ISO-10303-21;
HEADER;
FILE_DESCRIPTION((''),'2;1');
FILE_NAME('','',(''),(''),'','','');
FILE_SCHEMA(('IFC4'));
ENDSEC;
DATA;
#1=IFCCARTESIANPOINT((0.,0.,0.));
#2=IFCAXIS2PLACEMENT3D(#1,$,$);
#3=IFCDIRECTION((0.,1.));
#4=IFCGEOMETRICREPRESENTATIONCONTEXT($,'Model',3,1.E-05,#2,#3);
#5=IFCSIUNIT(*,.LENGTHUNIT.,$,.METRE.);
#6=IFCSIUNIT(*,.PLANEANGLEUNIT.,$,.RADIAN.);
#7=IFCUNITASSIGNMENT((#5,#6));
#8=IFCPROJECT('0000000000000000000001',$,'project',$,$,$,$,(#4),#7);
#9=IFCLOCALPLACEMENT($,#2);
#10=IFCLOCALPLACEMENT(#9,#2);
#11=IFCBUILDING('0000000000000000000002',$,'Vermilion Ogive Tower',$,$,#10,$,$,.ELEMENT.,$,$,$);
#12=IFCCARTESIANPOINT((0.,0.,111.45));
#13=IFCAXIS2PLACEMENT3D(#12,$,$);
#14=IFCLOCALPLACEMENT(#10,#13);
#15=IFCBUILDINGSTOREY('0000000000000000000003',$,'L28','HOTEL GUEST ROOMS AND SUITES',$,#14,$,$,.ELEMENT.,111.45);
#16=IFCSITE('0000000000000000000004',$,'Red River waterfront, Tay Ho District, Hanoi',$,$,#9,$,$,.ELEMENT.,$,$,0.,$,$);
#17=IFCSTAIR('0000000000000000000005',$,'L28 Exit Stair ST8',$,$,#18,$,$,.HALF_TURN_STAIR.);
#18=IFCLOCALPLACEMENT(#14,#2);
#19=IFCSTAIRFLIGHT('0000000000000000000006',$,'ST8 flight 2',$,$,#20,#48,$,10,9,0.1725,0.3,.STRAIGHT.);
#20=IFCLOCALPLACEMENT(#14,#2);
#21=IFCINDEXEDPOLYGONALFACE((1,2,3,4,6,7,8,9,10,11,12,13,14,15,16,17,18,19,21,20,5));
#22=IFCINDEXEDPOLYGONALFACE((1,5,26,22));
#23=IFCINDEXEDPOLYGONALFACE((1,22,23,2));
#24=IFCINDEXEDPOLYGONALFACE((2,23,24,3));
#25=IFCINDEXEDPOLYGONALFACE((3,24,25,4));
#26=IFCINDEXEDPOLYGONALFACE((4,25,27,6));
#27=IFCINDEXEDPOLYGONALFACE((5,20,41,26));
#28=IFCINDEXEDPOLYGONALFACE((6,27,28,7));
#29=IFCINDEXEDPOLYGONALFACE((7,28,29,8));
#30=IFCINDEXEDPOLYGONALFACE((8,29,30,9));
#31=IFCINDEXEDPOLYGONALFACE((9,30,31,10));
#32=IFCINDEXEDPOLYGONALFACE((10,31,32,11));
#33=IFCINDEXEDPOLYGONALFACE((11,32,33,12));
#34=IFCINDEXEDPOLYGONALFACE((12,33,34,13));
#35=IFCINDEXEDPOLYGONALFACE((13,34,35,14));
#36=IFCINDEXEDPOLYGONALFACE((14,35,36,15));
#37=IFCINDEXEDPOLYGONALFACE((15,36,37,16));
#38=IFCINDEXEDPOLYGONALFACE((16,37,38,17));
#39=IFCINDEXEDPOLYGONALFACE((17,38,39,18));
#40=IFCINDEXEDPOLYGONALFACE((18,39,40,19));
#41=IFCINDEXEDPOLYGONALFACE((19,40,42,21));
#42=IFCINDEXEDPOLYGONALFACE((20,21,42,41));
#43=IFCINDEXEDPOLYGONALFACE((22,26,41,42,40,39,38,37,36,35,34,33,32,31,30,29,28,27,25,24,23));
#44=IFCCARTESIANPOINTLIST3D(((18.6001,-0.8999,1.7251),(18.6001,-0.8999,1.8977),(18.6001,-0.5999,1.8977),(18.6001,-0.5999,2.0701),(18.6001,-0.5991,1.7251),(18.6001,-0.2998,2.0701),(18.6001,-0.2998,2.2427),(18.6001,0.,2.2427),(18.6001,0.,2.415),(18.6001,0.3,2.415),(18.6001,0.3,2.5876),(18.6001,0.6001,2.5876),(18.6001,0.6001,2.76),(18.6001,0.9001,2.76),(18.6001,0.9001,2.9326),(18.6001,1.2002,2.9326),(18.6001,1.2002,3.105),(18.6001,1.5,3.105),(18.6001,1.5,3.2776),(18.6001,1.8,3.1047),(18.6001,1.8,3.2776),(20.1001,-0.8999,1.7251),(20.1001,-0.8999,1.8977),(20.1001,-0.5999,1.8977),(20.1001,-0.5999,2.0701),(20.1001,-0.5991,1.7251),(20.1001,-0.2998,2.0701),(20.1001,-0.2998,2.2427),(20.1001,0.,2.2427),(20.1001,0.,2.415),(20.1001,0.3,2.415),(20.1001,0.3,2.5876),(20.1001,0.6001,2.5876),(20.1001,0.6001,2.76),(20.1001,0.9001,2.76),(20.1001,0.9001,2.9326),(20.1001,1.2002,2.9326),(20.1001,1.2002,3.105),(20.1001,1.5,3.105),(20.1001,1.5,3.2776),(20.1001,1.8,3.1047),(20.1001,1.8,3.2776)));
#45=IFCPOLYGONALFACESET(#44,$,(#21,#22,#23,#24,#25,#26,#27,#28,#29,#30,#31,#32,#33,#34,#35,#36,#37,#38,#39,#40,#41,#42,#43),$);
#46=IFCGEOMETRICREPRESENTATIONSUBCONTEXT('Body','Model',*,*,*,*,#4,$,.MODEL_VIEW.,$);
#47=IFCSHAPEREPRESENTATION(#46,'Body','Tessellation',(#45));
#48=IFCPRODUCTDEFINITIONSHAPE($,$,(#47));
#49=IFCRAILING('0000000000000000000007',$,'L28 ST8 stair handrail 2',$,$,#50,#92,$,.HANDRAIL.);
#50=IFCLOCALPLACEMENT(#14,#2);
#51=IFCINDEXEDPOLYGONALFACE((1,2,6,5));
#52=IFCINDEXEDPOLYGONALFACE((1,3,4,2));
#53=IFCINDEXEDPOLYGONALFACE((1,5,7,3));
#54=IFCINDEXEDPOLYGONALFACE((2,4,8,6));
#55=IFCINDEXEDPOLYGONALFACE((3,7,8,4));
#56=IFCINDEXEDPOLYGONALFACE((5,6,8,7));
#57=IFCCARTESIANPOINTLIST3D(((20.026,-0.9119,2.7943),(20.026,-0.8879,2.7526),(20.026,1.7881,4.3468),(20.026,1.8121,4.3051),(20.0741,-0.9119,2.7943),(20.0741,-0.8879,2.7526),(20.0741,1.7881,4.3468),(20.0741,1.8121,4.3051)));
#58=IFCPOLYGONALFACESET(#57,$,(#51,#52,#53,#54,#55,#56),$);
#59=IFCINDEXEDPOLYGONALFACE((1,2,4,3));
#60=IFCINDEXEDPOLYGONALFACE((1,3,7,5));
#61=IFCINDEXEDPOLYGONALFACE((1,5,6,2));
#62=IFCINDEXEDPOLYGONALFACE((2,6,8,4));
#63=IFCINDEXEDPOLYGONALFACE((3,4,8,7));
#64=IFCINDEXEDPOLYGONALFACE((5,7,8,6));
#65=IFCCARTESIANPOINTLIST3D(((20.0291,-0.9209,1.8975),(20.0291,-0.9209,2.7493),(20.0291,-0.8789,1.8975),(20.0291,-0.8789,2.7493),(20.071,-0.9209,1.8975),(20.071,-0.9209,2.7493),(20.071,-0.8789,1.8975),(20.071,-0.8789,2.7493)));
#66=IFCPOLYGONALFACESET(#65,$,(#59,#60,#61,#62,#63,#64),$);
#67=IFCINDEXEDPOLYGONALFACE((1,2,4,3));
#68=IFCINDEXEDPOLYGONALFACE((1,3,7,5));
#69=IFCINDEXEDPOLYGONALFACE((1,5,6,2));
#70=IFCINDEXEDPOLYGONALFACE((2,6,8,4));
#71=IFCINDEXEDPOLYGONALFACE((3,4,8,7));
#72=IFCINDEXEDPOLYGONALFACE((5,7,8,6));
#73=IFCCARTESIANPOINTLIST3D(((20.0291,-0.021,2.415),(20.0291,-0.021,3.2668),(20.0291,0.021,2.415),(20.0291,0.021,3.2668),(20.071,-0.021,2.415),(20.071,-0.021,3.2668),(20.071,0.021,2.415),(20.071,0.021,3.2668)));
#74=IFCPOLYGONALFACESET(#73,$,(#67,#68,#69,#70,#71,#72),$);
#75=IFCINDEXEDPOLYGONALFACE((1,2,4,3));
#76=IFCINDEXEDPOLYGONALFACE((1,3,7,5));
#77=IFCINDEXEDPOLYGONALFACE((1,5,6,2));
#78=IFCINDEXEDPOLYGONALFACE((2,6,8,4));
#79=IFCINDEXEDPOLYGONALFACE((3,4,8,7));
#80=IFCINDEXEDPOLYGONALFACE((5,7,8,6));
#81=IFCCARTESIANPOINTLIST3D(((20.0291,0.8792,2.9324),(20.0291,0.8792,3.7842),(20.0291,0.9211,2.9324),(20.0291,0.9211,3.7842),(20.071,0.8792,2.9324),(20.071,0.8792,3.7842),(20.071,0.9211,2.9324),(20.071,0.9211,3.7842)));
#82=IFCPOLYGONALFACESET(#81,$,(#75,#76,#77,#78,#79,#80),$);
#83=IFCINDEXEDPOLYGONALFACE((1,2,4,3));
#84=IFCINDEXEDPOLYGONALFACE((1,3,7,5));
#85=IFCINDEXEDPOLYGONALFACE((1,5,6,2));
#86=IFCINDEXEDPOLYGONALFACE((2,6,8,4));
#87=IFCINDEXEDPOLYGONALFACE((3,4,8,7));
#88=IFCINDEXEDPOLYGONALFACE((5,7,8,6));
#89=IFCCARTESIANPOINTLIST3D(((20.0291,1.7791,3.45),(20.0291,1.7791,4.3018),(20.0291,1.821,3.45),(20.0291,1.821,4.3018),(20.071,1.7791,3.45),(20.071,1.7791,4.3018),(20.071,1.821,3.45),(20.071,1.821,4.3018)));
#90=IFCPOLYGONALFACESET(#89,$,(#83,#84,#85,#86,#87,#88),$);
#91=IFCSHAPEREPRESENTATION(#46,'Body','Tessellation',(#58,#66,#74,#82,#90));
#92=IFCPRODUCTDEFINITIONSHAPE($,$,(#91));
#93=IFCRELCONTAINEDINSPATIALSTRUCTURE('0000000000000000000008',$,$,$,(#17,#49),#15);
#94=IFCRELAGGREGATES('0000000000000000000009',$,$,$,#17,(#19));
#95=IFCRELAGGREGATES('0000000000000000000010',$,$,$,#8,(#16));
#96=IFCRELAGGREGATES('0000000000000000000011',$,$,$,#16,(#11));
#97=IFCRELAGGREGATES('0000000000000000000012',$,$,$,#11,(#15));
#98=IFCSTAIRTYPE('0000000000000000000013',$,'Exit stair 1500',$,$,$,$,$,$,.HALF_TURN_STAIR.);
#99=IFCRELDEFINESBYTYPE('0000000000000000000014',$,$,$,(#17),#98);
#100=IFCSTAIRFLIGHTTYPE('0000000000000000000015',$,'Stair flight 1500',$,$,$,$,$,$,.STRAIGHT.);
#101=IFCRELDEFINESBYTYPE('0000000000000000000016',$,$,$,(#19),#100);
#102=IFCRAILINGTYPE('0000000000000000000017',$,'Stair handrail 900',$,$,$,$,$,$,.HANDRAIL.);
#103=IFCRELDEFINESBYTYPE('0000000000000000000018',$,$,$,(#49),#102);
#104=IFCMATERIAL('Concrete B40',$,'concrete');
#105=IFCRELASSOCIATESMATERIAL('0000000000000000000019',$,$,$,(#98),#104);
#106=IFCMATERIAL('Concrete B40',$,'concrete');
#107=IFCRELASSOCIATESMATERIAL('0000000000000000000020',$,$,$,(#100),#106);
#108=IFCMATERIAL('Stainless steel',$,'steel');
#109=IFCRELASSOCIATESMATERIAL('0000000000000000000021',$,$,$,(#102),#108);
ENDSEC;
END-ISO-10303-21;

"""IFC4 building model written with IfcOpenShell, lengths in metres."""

from ifc_helpers import new_model, si_unit, direction, frame, origin, origin_2d, place, context, subcontext, project, spatial, polyline, rectangle, outline, extrude, material, type_object, element, aggregate, save


model = new_model("IFC4")

# Units and contexts
model_context = context("Model", 3, precision=1e-05, world=origin(), true_north=direction((0.0, 1.0)))
body_context = subcontext(model_context, "Body", "Model", "MODEL_VIEW")
ifc_project = project(units=[si_unit("LENGTHUNIT", "METRE"), si_unit("PLANEANGLEUNIT", "RADIAN")], contexts=[model_context])

# Site, building, storey
site_placement = place(None, origin())
site = spatial("IfcSite", under=ifc_project, at=site_placement, Name="Red River waterfront, Tay Ho District, Hanoi", CompositionType="ELEMENT", RefElevation=0.0)
building_placement = place(site_placement, origin())
building = spatial("IfcBuilding", under=site, at=building_placement, Name="Vermilion Ogive Tower", CompositionType="ELEMENT")
storey_placement = place(building_placement, frame((0.0, 0.0, 111.45)))
storey = spatial("IfcBuildingStorey", under=building, at=storey_placement, Name="L28", Description="HOTEL GUEST ROOMS AND SUITES", CompositionType="ELEMENT", Elevation=111.45)

# Stair, stair flight
ifc_material_1 = material(Name="Concrete B40", Category="concrete")
stair_type = type_object("IfcStairType", Name="Exit stair 1500", PredefinedType="HALF_TURN_STAIR", material=ifc_material_1)
stair_placement = place(storey_placement, origin())
stair = element("IfcStair", 1, at=stair_placement, inside=storey, type_object=stair_type, Name="L28 Exit Stair ST8", PredefinedType="HALF_TURN_STAIR")
ifc_material_2 = material(Name="Concrete B40", Category="concrete")
stair_flight_type = type_object("IfcStairFlightType", Name="Stair flight 1500", PredefinedType="STRAIGHT", material=ifc_material_2)
stair_flight_placement = place(storey_placement, frame((19.3501, -0.8999, 1.7251), z_axis=(0.0, 0.0, 1.0), x_axis=(0.0, 1.0, 0.0)))
stair_flight = element("IfcStairFlight", 2, at=stair_flight_placement, type_object=stair_flight_type, Name="ST8 flight 2", NumberOfRisers=10, NumberOfTreads=9, PredefinedType="STRAIGHT", RiserHeight=0.1725, TreadLength=0.3, context=body_context, shape_type="SweptSolid", body=[
    extrude(outline(polyline([(0.0, 0.0), (0.0, 0.1726), (0.3, 0.1726), (0.3, 0.345), (0.6001, 0.345), (0.6001, 0.5176), (0.8999, 0.5176), (0.8999, 0.6899), (1.2, 0.6899), (1.2, 0.8625), (1.5, 0.8625), (1.5, 1.0349), (1.8, 1.0349), (1.8, 1.2075), (2.1001, 1.2075), (2.1001, 1.3799), (2.3999, 1.3799), (2.3999, 1.5525), (2.7, 1.5525), (2.7, 1.7251), (2.7, 1.3796), (0.3008, 0.0), (0.0, 0.0)])), frame((0.0, 0.75, 0.0), z_axis=(0.0, -1.0, 0.0), x_axis=(1.0, 0.0, 0.0)), (0.0, 0.0, 1.0), 1.5),
])
aggregate(stair, [stair_flight])

# Railing
ifc_material_3 = material(Name="Stainless steel", Category="steel")
railing_type = type_object("IfcRailingType", Name="Stair handrail 900", PredefinedType="HANDRAIL", material=ifc_material_3)
railing_placement = place(storey_placement, frame((20.05, -0.8999, 1.8975)))
element("IfcRailing", 3, at=railing_placement, inside=storey, type_object=railing_type, Name="L28 ST8 stair handrail 2", PredefinedType="HANDRAIL", context=body_context, shape_type="SweptSolid", body=[
    extrude(rectangle(XDim=0.0481, YDim=0.0481, at=origin_2d()), frame((0.0, 0.0, 0.876), z_axis=(0.0, 0.866904, 0.498476), x_axis=(-1.0, 0.0, 0.0)), (0.0, 0.0, 1.0), 3.1145),
    extrude(rectangle(XDim=0.042, YDim=0.042, at=origin_2d()), origin(), (0.0, 0.0, 1.0), 0.8518),
    extrude(rectangle(XDim=0.042, YDim=0.042, at=origin_2d()), frame((0.0, 0.8999, 0.5176)), (0.0, 0.0, 1.0), 0.8518),
    extrude(rectangle(XDim=0.042, YDim=0.042, at=origin_2d()), frame((0.0, 1.8, 1.0349)), (0.0, 0.0, 1.0), 0.8518),
    extrude(rectangle(XDim=0.042, YDim=0.042, at=origin_2d()), frame((0.0, 2.7, 1.5525)), (0.0, 0.0, 1.0), 0.8518),
])

save(model, "model.ifc")
